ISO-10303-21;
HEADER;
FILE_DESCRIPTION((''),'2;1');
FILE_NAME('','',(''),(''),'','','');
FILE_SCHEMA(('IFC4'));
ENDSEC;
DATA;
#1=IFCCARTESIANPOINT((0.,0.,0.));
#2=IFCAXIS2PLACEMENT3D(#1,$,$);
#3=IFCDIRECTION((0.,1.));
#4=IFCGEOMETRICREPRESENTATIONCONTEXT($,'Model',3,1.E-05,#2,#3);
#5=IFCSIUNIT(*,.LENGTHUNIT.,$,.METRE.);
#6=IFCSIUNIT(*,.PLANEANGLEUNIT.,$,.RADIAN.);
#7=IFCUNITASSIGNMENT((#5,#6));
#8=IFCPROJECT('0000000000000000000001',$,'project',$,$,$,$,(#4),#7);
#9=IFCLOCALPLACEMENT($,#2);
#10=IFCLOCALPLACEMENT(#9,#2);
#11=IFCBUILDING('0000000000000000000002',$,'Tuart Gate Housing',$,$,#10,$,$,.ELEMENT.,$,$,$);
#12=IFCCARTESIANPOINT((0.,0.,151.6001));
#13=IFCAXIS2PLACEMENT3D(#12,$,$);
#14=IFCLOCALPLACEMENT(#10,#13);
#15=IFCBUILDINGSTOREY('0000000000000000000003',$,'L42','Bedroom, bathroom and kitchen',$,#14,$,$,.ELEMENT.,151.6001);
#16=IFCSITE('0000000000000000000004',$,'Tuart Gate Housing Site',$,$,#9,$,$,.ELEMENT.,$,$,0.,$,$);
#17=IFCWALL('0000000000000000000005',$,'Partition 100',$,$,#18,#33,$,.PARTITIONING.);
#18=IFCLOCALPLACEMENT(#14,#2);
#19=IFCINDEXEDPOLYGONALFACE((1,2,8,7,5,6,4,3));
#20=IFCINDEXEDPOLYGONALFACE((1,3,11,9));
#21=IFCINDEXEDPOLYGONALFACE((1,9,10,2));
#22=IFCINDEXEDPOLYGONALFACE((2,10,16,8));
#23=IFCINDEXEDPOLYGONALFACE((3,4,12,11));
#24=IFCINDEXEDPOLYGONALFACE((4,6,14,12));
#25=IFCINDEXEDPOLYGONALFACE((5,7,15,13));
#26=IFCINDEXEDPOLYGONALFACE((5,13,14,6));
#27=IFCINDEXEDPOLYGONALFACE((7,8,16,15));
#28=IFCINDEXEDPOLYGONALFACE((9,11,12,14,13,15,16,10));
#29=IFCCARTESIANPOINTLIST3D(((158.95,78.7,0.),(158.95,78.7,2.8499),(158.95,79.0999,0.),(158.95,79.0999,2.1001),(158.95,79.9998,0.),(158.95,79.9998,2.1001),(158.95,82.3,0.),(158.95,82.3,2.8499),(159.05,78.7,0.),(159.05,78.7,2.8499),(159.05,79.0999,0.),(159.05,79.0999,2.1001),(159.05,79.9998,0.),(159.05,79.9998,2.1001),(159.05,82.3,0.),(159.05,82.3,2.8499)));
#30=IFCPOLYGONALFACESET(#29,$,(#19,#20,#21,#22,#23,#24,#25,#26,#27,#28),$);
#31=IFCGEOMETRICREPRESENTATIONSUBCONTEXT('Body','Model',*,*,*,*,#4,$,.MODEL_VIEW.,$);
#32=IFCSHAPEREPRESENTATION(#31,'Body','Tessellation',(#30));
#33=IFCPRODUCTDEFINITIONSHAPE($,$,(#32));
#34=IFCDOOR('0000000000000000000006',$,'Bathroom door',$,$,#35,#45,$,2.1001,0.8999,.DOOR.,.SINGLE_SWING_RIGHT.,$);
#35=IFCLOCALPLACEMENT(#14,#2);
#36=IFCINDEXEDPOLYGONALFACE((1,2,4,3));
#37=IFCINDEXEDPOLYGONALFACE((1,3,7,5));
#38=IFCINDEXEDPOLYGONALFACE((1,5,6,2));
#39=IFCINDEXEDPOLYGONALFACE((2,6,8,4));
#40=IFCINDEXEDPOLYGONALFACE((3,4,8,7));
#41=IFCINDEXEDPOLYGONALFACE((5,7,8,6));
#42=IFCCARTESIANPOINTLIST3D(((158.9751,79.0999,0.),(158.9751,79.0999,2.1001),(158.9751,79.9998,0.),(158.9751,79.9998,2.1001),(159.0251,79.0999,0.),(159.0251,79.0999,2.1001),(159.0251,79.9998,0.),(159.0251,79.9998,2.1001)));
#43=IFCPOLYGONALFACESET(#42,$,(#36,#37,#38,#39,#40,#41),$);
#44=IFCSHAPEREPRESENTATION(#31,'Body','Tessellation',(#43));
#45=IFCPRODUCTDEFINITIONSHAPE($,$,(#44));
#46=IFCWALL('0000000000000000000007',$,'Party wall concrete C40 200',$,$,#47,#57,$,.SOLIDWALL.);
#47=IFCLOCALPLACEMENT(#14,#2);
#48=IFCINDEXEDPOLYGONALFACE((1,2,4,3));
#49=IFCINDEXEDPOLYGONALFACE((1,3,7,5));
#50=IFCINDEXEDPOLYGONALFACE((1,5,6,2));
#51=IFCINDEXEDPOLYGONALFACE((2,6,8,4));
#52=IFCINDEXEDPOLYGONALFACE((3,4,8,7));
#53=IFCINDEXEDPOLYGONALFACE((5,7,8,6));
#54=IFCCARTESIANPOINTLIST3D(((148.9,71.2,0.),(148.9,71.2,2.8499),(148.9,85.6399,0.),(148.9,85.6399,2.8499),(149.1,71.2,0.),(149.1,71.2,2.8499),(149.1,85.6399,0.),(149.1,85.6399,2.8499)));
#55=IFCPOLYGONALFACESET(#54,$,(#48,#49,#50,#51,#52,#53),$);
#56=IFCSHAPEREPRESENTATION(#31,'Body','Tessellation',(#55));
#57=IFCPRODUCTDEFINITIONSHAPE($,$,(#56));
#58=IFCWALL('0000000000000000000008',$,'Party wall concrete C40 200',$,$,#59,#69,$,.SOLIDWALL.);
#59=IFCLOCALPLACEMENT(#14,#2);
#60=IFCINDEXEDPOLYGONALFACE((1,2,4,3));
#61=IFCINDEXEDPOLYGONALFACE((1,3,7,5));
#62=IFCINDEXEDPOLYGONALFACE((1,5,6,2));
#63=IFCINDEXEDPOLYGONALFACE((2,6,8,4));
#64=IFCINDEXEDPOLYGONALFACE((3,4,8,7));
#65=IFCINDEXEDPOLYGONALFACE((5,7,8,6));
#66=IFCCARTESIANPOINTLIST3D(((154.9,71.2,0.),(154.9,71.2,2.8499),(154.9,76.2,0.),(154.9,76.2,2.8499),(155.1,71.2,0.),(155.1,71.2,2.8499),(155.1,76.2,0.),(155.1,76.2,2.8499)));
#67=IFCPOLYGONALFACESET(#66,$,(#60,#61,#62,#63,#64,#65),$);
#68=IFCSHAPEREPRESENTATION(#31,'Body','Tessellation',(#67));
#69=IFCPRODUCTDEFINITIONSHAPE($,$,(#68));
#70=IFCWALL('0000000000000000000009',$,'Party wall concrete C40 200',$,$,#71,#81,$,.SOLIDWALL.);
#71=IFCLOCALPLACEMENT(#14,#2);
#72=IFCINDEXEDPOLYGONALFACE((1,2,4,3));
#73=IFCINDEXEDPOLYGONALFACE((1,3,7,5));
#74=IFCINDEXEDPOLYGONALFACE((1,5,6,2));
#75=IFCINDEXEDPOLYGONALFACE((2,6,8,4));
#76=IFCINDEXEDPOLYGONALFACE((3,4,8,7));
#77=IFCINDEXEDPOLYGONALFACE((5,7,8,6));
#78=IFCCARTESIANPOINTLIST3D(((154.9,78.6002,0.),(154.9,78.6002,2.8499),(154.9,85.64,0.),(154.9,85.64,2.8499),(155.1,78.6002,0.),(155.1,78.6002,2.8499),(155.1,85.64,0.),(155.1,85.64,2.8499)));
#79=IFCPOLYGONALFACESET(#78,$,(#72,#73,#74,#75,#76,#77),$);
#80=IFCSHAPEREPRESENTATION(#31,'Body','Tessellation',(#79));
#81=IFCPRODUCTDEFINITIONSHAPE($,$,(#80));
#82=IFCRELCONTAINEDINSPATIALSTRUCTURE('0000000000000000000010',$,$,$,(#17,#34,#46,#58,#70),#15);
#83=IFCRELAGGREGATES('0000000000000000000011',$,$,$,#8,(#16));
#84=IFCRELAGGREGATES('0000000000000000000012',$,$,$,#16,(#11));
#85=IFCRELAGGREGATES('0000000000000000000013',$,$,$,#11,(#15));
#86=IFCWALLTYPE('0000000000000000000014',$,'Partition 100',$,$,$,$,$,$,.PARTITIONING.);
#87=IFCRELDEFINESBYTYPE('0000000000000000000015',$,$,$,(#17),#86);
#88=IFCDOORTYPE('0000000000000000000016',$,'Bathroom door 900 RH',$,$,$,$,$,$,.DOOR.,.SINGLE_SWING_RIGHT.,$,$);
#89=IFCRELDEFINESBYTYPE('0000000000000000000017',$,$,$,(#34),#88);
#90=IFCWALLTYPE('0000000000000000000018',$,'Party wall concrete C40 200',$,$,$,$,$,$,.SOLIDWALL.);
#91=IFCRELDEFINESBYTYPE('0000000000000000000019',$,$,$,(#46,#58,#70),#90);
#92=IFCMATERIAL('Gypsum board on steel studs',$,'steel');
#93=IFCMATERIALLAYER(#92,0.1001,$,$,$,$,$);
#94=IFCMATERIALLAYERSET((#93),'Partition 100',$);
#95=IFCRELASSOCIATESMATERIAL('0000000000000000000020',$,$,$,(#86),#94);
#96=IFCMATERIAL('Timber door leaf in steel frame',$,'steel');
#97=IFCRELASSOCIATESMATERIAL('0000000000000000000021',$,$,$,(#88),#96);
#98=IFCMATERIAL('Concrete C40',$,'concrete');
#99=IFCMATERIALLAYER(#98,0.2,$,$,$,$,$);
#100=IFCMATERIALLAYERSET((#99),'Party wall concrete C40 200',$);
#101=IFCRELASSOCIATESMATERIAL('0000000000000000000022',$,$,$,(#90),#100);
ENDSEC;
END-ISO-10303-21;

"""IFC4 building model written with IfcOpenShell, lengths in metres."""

from ifc_helpers import new_model, si_unit, direction, frame, frame_2d, origin, place, context, subcontext, project, spatial, rectangle, extrude, material, layer, layer_set, type_object, element, fill, save


model = new_model("IFC4")

# Units and contexts
model_context = context("Model", 3, precision=1e-05, world=origin(), true_north=direction((0.0, 1.0)))
body_context = subcontext(model_context, "Body", "Model", "MODEL_VIEW")
ifc_project = project(units=[si_unit("LENGTHUNIT", "METRE"), si_unit("PLANEANGLEUNIT", "RADIAN")], contexts=[model_context])

# Site, building, storey
site_placement = place(None, origin())
site = spatial("IfcSite", under=ifc_project, at=site_placement, Name="Tuart Gate Housing Site", CompositionType="ELEMENT", RefElevation=0.0)
building_placement = place(site_placement, origin())
building = spatial("IfcBuilding", under=site, at=building_placement, Name="Tuart Gate Housing", CompositionType="ELEMENT")
storey_placement = place(building_placement, frame((0.0, 0.0, 151.6001)))
storey = spatial("IfcBuildingStorey", under=building, at=storey_placement, Name="L42", Description="Bedroom, bathroom and kitchen", CompositionType="ELEMENT", Elevation=151.6001)

# Shared definitions
ifc_material_1 = material(Name="Gypsum board on steel studs", Category="steel")
ifc_layer_1 = layer(ifc_material_1, 0.1001)
ifc_layer_set_1 = layer_set([ifc_layer_1], Name="Partition 100")
wall_type_1 = type_object("IfcWallType", Name="Partition 100", PredefinedType="PARTITIONING", material=ifc_layer_set_1)

# Wall, opening, door
wall_1_placement = place(storey_placement, frame((159.0, 78.7, 0.0), z_axis=(0.0, 0.0, 1.0), x_axis=(0.0, 1.0, 0.0)))
wall_1 = element("IfcWall", 1, at=wall_1_placement, inside=storey, type_object=wall_type_1, Name="Partition 100", PredefinedType="PARTITIONING", context=body_context, shape_type="SweptSolid", body=[
    extrude(rectangle(XDim=3.6001, YDim=0.1001, at=frame_2d((1.8, 0.0))), origin(), (0.0, 0.0, 1.0), 2.8499),
])
opening_1_placement = place(wall_1_placement, frame((0.3999, 0.0, 0.0)))
opening_1 = element("IfcOpeningElement", 2, at=opening_1_placement, cuts=wall_1, PredefinedType="OPENING", context=body_context, shape_type="SweptSolid", body=[
    extrude(rectangle(XDim=0.8999, YDim=2.1001, at=frame_2d((0.45, 1.05))), frame((0.0, 0.0601, 0.0), z_axis=(0.0, -1.0, 0.0), x_axis=(1.0, 0.0, 0.0)), (0.0, 0.0, 1.0), 0.1201),
])
ifc_material_2 = material(Name="Timber door leaf in steel frame", Category="steel")
door_type_1 = type_object("IfcDoorType", Name="Bathroom door 900 RH", OperationType="SINGLE_SWING_RIGHT", PredefinedType="DOOR", material=ifc_material_2)
door_1_placement = place(opening_1_placement, frame((0.8999, 0.0, 0.0), z_axis=(0.0, 0.0, 1.0), x_axis=(-1.0, 0.0, 0.0)))
door_1 = element("IfcDoor", 3, at=door_1_placement, inside=storey, type_object=door_type_1, Name="Bathroom door", OperationType="SINGLE_SWING_RIGHT", OverallHeight=2.1001, OverallWidth=0.8999, PredefinedType="DOOR", context=body_context, shape_type="SweptSolid", body=[
    extrude(rectangle(XDim=0.8999, YDim=2.1001, at=frame_2d((0.45, 1.05))), frame((0.0, 0.0251, 0.0), z_axis=(0.0, -1.0, 0.0), x_axis=(1.0, 0.0, 0.0)), (0.0, 0.0, 1.0), 0.05),
])
fill(opening_1, door_1)

# Walls
ifc_material_3 = material(Name="Concrete C40", Category="concrete")
ifc_layer_2 = layer(ifc_material_3, 0.2)
ifc_layer_set_2 = layer_set([ifc_layer_2], Name="Party wall concrete C40 200")
wall_type_2 = type_object("IfcWallType", Name="Party wall concrete C40 200", PredefinedType="SOLIDWALL", material=ifc_layer_set_2)
wall_2_placement = place(storey_placement, frame((149.0, 71.2, 0.0), z_axis=(0.0, 0.0, 1.0), x_axis=(0.0, 1.0, 0.0)))
element("IfcWall", 4, at=wall_2_placement, inside=storey, type_object=wall_type_2, Name="Party wall concrete C40 200", PredefinedType="SOLIDWALL", context=body_context, shape_type="SweptSolid", body=[
    extrude(rectangle(XDim=14.4399, YDim=0.2, at=frame_2d((7.22, 0.0))), origin(), (0.0, 0.0, 1.0), 2.8499),
])
wall_3_placement = place(storey_placement, frame((155.0, 71.2, 0.0), z_axis=(0.0, 0.0, 1.0), x_axis=(0.0, 1.0, 0.0)))
element("IfcWall", 5, at=wall_3_placement, inside=storey, type_object=wall_type_2, Name="Party wall concrete C40 200", PredefinedType="SOLIDWALL", context=body_context, shape_type="SweptSolid", body=[
    extrude(rectangle(XDim=5.0, YDim=0.2, at=frame_2d((2.5, 0.0))), origin(), (0.0, 0.0, 1.0), 2.8499),
])
wall_4_placement = place(storey_placement, frame((155.0, 78.6001, 0.0), z_axis=(0.0, 0.0, 1.0), x_axis=(0.0, 1.0, 0.0)))
element("IfcWall", 6, at=wall_4_placement, inside=storey, type_object=wall_type_2, Name="Party wall concrete C40 200", PredefinedType="SOLIDWALL", context=body_context, shape_type="SweptSolid", body=[
    extrude(rectangle(XDim=7.0398, YDim=0.2, at=frame_2d((3.52, 0.0))), origin(), (0.0, 0.0, 1.0), 2.8499),
])

save(model, "model.ifc")
